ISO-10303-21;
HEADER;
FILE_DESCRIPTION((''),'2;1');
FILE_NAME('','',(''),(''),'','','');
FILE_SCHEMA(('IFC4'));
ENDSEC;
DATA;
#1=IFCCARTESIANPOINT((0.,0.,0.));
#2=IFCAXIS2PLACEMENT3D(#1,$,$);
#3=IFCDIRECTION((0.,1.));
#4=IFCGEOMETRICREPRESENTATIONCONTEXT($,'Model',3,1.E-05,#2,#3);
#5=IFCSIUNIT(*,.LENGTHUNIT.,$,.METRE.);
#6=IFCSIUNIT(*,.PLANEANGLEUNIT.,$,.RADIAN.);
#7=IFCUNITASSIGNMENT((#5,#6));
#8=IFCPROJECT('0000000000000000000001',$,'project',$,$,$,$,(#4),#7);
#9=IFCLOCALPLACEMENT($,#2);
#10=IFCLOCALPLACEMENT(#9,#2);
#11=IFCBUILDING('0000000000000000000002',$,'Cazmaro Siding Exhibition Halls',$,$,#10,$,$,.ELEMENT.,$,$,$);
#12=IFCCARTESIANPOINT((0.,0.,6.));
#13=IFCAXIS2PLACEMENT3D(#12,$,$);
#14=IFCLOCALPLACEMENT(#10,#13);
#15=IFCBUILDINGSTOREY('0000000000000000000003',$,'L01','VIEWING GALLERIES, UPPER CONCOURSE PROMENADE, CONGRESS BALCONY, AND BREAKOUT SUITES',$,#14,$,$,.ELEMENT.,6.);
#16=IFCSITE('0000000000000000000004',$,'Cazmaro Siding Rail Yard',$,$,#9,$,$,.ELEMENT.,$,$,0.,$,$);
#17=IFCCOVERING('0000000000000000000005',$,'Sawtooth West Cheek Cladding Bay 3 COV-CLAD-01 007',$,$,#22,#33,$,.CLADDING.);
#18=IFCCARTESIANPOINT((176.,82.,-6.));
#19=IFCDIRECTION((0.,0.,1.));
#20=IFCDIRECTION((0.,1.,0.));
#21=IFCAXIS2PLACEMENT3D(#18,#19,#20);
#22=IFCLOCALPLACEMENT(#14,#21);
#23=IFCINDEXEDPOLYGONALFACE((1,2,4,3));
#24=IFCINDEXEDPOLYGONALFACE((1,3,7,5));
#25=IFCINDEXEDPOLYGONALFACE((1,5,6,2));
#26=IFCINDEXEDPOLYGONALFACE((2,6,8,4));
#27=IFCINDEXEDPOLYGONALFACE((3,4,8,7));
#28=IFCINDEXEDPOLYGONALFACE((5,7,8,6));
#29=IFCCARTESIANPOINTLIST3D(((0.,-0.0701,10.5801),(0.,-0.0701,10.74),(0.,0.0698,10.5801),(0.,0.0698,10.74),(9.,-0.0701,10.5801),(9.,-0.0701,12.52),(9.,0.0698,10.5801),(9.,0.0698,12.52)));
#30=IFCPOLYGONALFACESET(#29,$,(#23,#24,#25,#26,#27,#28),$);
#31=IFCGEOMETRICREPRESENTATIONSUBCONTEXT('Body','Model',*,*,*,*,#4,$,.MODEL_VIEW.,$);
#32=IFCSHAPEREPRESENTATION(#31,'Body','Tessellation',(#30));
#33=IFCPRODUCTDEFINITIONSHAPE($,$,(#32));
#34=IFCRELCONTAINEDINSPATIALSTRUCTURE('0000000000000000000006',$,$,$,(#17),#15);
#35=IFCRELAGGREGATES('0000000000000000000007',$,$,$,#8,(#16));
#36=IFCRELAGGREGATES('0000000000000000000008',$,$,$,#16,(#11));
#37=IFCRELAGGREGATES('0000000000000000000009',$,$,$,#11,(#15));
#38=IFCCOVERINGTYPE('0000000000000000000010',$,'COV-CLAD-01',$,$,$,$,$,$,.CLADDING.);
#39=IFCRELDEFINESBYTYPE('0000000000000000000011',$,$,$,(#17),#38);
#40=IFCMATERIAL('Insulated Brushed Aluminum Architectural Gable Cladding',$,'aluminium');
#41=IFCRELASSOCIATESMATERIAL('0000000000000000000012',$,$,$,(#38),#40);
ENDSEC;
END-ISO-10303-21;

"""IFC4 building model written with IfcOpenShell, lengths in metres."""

from ifc_helpers import new_model, si_unit, direction, frame, origin, place, context, subcontext, project, spatial, polyline, outline, extrude, material, type_object, element, save


model = new_model("IFC4")

# Units and contexts
model_context = context("Model", 3, precision=1e-05, world=origin(), true_north=direction((0.0, 1.0)))
body_context = subcontext(model_context, "Body", "Model", "MODEL_VIEW")
ifc_project = project(units=[si_unit("LENGTHUNIT", "METRE"), si_unit("PLANEANGLEUNIT", "RADIAN")], contexts=[model_context])

# Site, building, storey
site_placement = place(None, origin())
site = spatial("IfcSite", under=ifc_project, at=site_placement, Name="Cazmaro Siding Rail Yard", CompositionType="ELEMENT", RefElevation=0.0)
building_placement = place(site_placement, origin())
building = spatial("IfcBuilding", under=site, at=building_placement, Name="Cazmaro Siding Exhibition Halls", CompositionType="ELEMENT")
storey_placement = place(building_placement, frame((0.0, 0.0, 6.0)))
storey = spatial("IfcBuildingStorey", under=building, at=storey_placement, Name="L01", Description="VIEWING GALLERIES, UPPER CONCOURSE PROMENADE, CONGRESS BALCONY, AND BREAKOUT SUITES", CompositionType="ELEMENT", Elevation=6.0)

# Covering
ifc_material_1 = material(Name="Insulated Brushed Aluminum Architectural Gable Cladding", Category="aluminium")
covering_type = type_object("IfcCoveringType", Name="COV-CLAD-01", PredefinedType="CLADDING", material=ifc_material_1)
covering_placement = place(storey_placement, frame((176.0, 82.0, -6.0), z_axis=(0.0, 0.0, 1.0), x_axis=(0.0, 1.0, 0.0)))
element("IfcCovering", 1, at=covering_placement, inside=storey, type_object=covering_type, Name="Sawtooth West Cheek Cladding Bay 3 COV-CLAD-01 007", PredefinedType="CLADDING", context=body_context, shape_type="SweptSolid", body=[
    extrude(outline(polyline([(0.0, 10.5801), (9.0, 10.5801), (9.0, 12.52), (0.0, 10.74), (0.0, 10.5801)])), frame((0.0, 0.0698, 0.0), z_axis=(0.0, -1.0, 0.0), x_axis=(1.0, 0.0, 0.0)), (0.0, 0.0, 1.0), 0.1399),
])

save(model, "model.ifc")
